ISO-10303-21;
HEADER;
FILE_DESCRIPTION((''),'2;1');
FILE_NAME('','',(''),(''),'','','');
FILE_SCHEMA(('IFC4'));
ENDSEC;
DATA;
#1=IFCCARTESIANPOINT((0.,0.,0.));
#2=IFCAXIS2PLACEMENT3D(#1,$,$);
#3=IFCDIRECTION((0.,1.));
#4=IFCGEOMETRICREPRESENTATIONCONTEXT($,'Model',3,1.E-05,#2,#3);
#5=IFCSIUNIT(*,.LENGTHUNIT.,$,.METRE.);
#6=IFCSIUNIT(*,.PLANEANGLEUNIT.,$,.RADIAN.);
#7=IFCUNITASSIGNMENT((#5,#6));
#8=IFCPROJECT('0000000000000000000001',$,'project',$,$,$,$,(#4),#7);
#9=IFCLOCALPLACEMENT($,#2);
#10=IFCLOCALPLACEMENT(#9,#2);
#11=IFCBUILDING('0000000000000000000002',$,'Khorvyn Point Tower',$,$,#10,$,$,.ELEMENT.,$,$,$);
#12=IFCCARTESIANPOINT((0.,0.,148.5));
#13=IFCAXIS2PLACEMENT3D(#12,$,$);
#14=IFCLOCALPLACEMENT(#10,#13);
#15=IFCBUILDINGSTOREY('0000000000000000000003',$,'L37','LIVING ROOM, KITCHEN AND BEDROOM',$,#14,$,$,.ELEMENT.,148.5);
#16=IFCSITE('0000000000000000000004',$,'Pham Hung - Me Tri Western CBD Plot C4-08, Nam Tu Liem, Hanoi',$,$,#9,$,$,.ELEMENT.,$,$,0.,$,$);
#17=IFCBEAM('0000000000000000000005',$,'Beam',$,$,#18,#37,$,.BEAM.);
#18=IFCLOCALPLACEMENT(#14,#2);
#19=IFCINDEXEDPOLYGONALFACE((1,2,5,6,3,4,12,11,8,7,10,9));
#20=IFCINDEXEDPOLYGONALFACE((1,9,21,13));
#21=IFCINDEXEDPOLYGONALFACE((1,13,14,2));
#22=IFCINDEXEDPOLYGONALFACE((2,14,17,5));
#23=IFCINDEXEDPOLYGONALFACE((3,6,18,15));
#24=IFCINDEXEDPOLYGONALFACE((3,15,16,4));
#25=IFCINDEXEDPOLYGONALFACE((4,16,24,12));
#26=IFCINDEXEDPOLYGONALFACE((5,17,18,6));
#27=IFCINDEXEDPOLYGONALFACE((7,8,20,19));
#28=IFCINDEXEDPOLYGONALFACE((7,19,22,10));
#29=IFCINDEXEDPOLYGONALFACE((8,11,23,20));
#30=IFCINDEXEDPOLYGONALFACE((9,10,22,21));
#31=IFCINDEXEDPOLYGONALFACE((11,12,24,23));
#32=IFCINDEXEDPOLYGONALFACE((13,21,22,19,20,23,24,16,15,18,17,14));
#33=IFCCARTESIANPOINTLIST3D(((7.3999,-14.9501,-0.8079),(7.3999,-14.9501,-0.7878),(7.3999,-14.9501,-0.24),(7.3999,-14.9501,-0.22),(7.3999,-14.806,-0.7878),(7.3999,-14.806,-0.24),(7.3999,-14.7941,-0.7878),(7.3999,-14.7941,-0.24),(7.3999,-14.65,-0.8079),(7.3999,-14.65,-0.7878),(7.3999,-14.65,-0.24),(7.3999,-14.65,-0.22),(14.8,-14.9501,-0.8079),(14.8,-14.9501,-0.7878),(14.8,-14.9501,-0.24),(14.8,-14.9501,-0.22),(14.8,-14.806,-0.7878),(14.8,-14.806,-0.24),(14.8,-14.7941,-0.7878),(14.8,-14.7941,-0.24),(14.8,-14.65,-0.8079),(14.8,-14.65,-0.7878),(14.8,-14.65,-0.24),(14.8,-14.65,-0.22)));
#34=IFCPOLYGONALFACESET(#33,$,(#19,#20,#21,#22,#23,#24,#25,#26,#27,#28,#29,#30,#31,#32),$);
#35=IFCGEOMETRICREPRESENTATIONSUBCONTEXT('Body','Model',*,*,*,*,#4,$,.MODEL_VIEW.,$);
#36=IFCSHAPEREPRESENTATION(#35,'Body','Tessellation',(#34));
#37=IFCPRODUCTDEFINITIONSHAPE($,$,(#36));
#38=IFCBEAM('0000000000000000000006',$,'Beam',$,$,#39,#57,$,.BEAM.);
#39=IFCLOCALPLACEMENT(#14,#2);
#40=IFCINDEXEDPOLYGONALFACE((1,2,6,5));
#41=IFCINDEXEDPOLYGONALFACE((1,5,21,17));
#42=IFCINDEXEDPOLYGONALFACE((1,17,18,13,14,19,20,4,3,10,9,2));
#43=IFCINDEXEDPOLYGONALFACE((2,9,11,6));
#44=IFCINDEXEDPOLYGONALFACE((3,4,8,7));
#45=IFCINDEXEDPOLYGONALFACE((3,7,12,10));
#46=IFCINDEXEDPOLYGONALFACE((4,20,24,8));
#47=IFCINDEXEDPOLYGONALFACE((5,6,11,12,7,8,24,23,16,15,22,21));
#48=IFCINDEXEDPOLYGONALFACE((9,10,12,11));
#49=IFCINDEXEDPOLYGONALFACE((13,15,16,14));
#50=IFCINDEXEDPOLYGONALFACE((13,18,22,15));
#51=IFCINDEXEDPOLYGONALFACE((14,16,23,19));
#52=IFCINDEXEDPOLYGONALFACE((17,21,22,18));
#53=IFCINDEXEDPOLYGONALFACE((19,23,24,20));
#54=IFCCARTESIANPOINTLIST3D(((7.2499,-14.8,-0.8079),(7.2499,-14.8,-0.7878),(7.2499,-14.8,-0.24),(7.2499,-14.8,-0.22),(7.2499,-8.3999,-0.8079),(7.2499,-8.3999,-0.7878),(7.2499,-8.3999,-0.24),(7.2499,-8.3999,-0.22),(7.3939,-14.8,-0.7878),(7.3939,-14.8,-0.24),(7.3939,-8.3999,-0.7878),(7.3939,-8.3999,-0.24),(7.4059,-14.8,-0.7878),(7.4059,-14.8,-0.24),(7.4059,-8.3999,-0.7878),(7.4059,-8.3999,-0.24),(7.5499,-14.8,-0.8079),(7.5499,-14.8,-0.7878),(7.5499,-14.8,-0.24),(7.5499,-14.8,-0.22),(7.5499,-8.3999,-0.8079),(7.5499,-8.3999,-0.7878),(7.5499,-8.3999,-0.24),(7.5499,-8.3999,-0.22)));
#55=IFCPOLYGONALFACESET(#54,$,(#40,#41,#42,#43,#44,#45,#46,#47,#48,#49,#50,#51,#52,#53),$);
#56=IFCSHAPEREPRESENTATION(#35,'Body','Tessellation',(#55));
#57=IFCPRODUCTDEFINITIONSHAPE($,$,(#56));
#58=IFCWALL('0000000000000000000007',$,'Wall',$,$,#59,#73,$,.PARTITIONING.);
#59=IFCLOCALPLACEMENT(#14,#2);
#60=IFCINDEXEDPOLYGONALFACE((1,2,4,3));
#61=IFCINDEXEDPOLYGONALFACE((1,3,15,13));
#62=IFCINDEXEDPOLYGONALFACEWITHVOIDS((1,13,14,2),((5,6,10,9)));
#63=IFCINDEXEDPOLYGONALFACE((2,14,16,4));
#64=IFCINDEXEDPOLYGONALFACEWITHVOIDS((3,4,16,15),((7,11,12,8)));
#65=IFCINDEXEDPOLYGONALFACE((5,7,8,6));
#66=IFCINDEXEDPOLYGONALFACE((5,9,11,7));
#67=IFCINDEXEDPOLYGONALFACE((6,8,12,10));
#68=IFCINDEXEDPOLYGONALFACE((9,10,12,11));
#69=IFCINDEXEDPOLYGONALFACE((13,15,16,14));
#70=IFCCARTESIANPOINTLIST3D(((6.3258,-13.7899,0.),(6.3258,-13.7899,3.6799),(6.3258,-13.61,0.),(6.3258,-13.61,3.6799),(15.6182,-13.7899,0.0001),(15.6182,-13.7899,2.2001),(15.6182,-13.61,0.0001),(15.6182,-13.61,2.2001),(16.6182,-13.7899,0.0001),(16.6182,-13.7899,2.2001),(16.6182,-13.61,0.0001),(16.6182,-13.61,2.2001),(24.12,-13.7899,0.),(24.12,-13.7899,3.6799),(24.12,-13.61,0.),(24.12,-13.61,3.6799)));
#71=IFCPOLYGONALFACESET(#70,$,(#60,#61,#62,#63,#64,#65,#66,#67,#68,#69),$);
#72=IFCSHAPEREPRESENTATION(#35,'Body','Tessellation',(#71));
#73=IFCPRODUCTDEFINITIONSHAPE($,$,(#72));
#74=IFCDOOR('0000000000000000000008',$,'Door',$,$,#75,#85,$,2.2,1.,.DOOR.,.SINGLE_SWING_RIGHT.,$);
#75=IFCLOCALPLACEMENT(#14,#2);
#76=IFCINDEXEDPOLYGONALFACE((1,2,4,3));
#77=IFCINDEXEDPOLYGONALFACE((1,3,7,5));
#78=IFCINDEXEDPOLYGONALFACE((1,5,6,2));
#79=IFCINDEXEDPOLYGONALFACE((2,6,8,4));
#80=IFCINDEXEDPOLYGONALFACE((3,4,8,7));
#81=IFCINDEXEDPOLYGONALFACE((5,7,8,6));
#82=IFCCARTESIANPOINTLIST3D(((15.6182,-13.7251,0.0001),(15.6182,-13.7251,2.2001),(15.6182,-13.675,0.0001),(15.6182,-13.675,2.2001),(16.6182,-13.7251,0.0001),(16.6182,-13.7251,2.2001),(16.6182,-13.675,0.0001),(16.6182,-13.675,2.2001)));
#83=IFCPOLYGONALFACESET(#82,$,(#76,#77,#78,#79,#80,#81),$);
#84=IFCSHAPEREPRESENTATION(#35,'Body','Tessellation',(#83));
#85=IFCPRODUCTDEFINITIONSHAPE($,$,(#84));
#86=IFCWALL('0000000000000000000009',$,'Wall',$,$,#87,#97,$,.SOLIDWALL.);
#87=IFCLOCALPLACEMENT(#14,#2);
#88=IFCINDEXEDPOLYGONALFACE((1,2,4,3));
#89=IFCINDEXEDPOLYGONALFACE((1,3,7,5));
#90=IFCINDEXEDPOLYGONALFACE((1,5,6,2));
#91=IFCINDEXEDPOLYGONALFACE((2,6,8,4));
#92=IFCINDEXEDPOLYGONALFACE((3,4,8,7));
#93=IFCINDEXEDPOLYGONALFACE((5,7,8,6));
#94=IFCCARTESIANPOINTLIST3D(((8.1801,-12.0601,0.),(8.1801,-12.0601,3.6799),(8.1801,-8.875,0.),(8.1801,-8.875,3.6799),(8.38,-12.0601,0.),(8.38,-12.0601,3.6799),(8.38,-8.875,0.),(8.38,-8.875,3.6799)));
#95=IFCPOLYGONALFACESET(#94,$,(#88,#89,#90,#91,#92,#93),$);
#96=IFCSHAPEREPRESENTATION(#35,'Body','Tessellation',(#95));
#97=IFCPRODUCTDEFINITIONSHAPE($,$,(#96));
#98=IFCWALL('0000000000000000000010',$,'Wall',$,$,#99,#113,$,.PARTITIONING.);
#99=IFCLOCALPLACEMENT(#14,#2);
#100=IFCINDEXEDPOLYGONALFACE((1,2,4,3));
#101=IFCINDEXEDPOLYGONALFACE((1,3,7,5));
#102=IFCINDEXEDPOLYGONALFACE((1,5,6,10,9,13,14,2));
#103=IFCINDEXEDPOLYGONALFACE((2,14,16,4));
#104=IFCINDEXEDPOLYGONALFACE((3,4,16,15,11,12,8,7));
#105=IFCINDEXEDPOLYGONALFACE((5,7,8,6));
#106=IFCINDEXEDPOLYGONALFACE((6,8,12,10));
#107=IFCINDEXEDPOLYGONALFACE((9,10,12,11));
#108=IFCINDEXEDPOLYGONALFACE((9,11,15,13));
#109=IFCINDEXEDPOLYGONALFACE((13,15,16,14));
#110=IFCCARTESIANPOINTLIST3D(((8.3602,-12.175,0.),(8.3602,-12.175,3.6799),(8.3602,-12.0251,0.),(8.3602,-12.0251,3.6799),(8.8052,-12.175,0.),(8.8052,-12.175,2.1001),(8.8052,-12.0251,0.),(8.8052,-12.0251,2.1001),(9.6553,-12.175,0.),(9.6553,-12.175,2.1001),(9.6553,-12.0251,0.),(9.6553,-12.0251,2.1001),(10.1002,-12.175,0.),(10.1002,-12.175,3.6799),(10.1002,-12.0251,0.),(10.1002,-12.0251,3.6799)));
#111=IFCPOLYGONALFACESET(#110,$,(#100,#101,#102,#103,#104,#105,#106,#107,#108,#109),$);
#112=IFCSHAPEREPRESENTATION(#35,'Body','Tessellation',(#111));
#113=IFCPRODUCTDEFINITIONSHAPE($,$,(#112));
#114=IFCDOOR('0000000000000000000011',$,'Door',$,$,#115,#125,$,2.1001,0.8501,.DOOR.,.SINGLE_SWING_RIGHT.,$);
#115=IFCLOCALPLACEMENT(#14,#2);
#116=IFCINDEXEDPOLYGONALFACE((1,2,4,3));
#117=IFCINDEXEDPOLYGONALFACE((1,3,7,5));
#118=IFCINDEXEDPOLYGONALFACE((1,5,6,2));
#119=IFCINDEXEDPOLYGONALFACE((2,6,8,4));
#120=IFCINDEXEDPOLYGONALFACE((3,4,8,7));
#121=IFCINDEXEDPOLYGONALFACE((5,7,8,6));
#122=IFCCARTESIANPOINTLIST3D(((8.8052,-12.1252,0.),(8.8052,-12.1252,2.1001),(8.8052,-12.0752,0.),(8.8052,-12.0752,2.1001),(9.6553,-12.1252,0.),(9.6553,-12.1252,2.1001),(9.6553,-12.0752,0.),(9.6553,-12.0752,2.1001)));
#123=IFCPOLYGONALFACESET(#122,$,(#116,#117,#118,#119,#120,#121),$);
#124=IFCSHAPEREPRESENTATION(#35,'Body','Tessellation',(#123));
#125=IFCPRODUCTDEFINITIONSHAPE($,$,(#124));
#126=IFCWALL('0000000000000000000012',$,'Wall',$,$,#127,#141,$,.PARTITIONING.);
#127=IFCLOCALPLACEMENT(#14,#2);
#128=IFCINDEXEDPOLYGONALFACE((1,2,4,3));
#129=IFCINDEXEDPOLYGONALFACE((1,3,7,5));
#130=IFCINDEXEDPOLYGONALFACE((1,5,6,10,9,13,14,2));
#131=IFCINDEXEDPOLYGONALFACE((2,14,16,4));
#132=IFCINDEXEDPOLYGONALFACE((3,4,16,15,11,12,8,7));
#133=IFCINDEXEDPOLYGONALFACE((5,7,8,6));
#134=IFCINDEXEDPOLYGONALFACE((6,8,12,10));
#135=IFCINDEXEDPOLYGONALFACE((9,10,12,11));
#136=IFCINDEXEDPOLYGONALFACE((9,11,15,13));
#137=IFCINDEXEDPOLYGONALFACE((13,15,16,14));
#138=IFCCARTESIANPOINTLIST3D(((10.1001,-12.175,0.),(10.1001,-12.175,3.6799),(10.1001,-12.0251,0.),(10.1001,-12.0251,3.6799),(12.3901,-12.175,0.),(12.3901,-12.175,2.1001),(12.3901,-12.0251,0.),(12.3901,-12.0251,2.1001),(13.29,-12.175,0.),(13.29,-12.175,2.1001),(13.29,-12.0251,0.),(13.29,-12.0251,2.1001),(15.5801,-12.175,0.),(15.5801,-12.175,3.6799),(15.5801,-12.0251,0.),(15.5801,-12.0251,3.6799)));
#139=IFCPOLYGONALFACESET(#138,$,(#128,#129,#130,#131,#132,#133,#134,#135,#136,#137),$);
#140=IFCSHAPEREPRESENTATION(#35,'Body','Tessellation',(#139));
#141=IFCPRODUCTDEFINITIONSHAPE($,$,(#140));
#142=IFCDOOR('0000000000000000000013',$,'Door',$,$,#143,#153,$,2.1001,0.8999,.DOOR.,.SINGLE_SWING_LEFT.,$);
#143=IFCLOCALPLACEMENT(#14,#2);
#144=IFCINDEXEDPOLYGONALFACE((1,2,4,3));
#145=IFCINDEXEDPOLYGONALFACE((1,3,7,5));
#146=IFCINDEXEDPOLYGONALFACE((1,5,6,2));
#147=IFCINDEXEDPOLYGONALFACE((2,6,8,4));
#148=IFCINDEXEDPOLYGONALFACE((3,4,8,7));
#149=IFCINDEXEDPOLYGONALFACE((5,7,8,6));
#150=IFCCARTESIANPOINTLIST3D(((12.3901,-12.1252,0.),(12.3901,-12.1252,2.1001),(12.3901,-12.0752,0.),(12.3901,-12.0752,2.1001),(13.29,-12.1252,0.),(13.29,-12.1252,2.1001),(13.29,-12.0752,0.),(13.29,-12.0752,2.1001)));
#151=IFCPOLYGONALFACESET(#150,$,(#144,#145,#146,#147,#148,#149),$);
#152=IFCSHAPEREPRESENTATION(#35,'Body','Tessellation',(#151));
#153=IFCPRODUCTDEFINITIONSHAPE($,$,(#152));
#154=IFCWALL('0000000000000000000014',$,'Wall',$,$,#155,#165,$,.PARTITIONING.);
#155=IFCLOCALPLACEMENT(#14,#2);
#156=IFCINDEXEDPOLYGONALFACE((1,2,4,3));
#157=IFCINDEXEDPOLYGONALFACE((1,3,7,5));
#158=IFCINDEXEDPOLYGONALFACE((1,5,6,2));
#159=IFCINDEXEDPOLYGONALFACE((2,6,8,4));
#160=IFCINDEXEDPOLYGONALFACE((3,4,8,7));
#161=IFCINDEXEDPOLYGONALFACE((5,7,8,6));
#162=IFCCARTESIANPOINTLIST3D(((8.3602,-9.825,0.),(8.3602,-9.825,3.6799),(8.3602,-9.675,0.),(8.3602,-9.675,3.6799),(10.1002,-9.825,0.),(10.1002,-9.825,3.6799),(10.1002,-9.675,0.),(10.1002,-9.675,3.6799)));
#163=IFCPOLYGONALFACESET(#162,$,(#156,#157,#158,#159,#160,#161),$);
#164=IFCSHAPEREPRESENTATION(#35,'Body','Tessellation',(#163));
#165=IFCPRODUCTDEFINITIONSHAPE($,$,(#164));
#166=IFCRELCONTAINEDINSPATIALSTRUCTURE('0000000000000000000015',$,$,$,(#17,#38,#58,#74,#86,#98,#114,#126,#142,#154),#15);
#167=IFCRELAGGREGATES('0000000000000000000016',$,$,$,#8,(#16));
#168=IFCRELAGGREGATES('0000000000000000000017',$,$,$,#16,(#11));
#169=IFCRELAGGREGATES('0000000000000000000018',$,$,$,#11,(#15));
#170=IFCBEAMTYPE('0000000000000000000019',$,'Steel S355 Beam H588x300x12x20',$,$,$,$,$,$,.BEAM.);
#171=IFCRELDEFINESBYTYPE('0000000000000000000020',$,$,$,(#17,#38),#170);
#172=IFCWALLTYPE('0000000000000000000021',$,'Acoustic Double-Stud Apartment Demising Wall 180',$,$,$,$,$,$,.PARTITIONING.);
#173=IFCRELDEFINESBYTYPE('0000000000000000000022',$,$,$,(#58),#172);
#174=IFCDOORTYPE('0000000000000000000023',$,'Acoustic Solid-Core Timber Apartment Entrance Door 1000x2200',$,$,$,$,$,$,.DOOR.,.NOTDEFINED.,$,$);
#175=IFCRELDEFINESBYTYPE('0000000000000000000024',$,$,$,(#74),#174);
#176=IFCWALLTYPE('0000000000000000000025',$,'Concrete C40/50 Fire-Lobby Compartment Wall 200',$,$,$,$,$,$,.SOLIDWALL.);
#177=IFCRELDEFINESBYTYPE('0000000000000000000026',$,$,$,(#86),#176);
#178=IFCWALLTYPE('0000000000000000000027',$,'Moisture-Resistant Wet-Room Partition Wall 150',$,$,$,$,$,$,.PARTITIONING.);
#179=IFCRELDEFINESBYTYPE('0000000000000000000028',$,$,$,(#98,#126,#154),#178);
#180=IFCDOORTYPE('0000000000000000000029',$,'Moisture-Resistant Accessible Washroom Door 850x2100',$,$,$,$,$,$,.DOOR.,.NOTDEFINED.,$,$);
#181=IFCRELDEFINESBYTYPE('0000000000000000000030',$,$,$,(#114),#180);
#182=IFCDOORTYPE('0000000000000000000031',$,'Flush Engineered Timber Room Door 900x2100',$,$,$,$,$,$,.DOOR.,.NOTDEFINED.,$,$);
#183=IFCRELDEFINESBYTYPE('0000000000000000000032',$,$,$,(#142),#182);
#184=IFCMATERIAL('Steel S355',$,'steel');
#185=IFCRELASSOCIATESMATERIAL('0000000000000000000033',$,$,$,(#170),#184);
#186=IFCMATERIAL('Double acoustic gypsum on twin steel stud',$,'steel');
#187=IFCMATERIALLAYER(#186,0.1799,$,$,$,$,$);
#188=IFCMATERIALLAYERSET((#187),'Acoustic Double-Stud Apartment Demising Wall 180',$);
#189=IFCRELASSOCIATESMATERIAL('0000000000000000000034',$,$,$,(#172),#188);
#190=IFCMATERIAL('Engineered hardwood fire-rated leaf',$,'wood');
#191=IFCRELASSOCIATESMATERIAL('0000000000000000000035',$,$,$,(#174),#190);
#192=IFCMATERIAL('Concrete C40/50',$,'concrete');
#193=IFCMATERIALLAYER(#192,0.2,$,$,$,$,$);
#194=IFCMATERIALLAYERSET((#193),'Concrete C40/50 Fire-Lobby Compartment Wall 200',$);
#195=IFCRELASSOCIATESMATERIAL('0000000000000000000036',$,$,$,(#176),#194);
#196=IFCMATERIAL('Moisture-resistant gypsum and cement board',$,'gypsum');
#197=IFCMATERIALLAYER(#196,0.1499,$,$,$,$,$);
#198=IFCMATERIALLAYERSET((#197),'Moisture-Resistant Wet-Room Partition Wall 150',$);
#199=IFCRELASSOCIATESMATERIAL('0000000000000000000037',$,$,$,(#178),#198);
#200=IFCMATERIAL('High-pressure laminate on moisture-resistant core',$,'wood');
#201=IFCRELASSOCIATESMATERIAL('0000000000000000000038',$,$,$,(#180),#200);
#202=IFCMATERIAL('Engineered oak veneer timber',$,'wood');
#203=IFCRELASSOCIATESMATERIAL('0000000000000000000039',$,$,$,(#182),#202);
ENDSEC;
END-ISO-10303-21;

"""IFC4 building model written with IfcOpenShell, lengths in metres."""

from ifc_helpers import new_model, si_unit, direction, frame, frame_2d, origin, origin_2d, place, context, subcontext, project, spatial, rectangle, i_section, extrude, material, layer, layer_set, material_profile, profile_set, type_object, element, fill, save


model = new_model("IFC4")

# Units and contexts
model_context = context("Model", 3, precision=1e-05, world=origin(), true_north=direction((0.0, 1.0)))
body_context = subcontext(model_context, "Body", "Model", "MODEL_VIEW")
ifc_project = project(units=[si_unit("LENGTHUNIT", "METRE"), si_unit("PLANEANGLEUNIT", "RADIAN")], contexts=[model_context])

# Site, building, storey
site_placement = place(None, origin())
site = spatial("IfcSite", under=ifc_project, at=site_placement, Name="Pham Hung - Me Tri Western CBD Plot C4-08, Nam Tu Liem, Hanoi", CompositionType="ELEMENT", RefElevation=0.0)
building_placement = place(site_placement, origin())
building = spatial("IfcBuilding", under=site, at=building_placement, Name="Khorvyn Point Tower", CompositionType="ELEMENT")
storey_placement = place(building_placement, frame((0.0, 0.0, 148.5)))
storey = spatial("IfcBuildingStorey", under=building, at=storey_placement, Name="L37", Description="LIVING ROOM, KITCHEN AND BEDROOM", CompositionType="ELEMENT", Elevation=148.5)

# Beams
ifc_material_1 = material(Name="Steel S355", Category="steel")
ifc_material_profile = material_profile(ifc_material_1, i_section(OverallWidth=0.3, OverallDepth=0.5879, WebThickness=0.012, FlangeThickness=0.02, at=origin_2d()))
ifc_profile_set = profile_set([ifc_material_profile], Name="Steel S355 H588x300x12x20")
beam_type = type_object("IfcBeamType", Name="Steel S355 Beam H588x300x12x20", PredefinedType="BEAM", material=ifc_profile_set)
beam_1_placement = place(storey_placement, frame((7.3999, -14.8, -0.5139), z_axis=(1.0, 0.0, 0.0), x_axis=(0.0, 1.0, 0.0)))
element("IfcBeam", 1, at=beam_1_placement, inside=storey, type_object=beam_type, Name="Beam", PredefinedType="BEAM", context=body_context, shape_type="SweptSolid", body=[
    extrude(i_section(OverallWidth=0.3, OverallDepth=0.5879, WebThickness=0.012, FlangeThickness=0.02, at=origin_2d()), origin(), (0.0, 0.0, 1.0), 7.4001),
])
beam_2_placement = place(storey_placement, frame((7.3999, -14.8, -0.5139), z_axis=(0.0, 1.0, 0.0), x_axis=(-1.0, 0.0, 0.0)))
element("IfcBeam", 2, at=beam_2_placement, inside=storey, type_object=beam_type, Name="Beam", PredefinedType="BEAM", context=body_context, shape_type="SweptSolid", body=[
    extrude(i_section(OverallWidth=0.3, OverallDepth=0.5879, WebThickness=0.012, FlangeThickness=0.02, at=origin_2d()), origin(), (0.0, 0.0, 1.0), 6.4001),
])

# Wall, opening, door
ifc_material_2 = material(Name="Double acoustic gypsum on twin steel stud", Category="steel")
ifc_layer_1 = layer(ifc_material_2, 0.1799)
ifc_layer_set_1 = layer_set([ifc_layer_1], Name="Acoustic Double-Stud Apartment Demising Wall 180")
wall_type_1 = type_object("IfcWallType", Name="Acoustic Double-Stud Apartment Demising Wall 180", PredefinedType="PARTITIONING", material=ifc_layer_set_1)
wall_1_placement = place(storey_placement, frame((6.3259, -13.7, 0.0), z_axis=(0.0, 0.0, 1.0), x_axis=(1.0, 0.0, 0.0)))
wall_1 = element("IfcWall", 3, at=wall_1_placement, inside=storey, type_object=wall_type_1, Name="Wall", PredefinedType="PARTITIONING", context=body_context, shape_type="SweptSolid", body=[
    extrude(rectangle(XDim=17.7942, YDim=0.1799, at=frame_2d((8.897, 0.0))), origin(), (0.0, 0.0, 1.0), 3.6799),
])
opening_1_placement = place(wall_1_placement, frame((9.2922, 0.0, 0.0)))
opening_1 = element("IfcOpeningElement", 4, at=opening_1_placement, cuts=wall_1, PredefinedType="OPENING", context=body_context, shape_type="SweptSolid", body=[
    extrude(rectangle(XDim=1.0, YDim=2.2, at=frame_2d((0.5, 1.1001))), frame((0.0, 0.0999, 0.0), z_axis=(0.0, -1.0, 0.0), x_axis=(1.0, 0.0, 0.0)), (0.0, 0.0, 1.0), 0.2),
])
ifc_material_3 = material(Name="Engineered hardwood fire-rated leaf", Category="wood")
door_type_1 = type_object("IfcDoorType", Name="Acoustic Solid-Core Timber Apartment Entrance Door 1000x2200", OperationType="NOTDEFINED", PredefinedType="DOOR", material=ifc_material_3)
door_1_placement = place(opening_1_placement, origin())
door_1 = element("IfcDoor", 5, at=door_1_placement, inside=storey, type_object=door_type_1, Name="Door", OperationType="SINGLE_SWING_RIGHT", OverallHeight=2.2, OverallWidth=1.0, PredefinedType="DOOR", context=body_context, shape_type="SweptSolid", body=[
    extrude(rectangle(XDim=1.0, YDim=2.2, at=frame_2d((0.5, 1.1001))), frame((0.0, 0.0249, 0.0), z_axis=(0.0, -1.0, 0.0), x_axis=(1.0, 0.0, 0.0)), (0.0, 0.0, 1.0), 0.05),
])
fill(opening_1, door_1)
ifc_material_4 = material(Name="Concrete C40/50", Category="concrete")
ifc_layer_2 = layer(ifc_material_4, 0.2)
ifc_layer_set_2 = layer_set([ifc_layer_2], Name="Concrete C40/50 Fire-Lobby Compartment Wall 200")
wall_type_2 = type_object("IfcWallType", Name="Concrete C40/50 Fire-Lobby Compartment Wall 200", PredefinedType="SOLIDWALL", material=ifc_layer_set_2)

# Wall
wall_2_placement = place(storey_placement, frame((8.28, -12.0601, 0.0), z_axis=(0.0, 0.0, 1.0), x_axis=(0.0, 1.0, 0.0)))
element("IfcWall", 6, at=wall_2_placement, inside=storey, type_object=wall_type_2, Name="Wall", PredefinedType="SOLIDWALL", context=body_context, shape_type="SweptSolid", body=[
    extrude(rectangle(XDim=3.1851, YDim=0.2, at=frame_2d((1.5925, 0.0))), origin(), (0.0, 0.0, 1.0), 3.6799),
])

# Walls, openings, doors
ifc_material_5 = material(Name="Moisture-resistant gypsum and cement board", Category="gypsum")
ifc_layer_3 = layer(ifc_material_5, 0.1499)
ifc_layer_set_3 = layer_set([ifc_layer_3], Name="Moisture-Resistant Wet-Room Partition Wall 150")
wall_type_3 = type_object("IfcWallType", Name="Moisture-Resistant Wet-Room Partition Wall 150", PredefinedType="PARTITIONING", material=ifc_layer_set_3)
wall_3_placement = place(storey_placement, frame((8.3601, -12.1001, 0.0), z_axis=(0.0, 0.0, 1.0), x_axis=(1.0, 0.0, 0.0)))
wall_3 = element("IfcWall", 7, at=wall_3_placement, inside=storey, type_object=wall_type_3, Name="Wall", PredefinedType="PARTITIONING", context=body_context, shape_type="SweptSolid", body=[
    extrude(rectangle(XDim=1.74, YDim=0.1499, at=frame_2d((0.8701, 0.0))), origin(), (0.0, 0.0, 1.0), 3.6799),
])
opening_2_placement = place(wall_3_placement, frame((0.4451, 0.0, 0.0)))
opening_2 = element("IfcOpeningElement", 8, at=opening_2_placement, cuts=wall_3, PredefinedType="OPENING", context=body_context, shape_type="SweptSolid", body=[
    extrude(rectangle(XDim=0.8501, YDim=2.1001, at=frame_2d((0.425, 1.05))), frame((0.0, 0.085, 0.0), z_axis=(0.0, -1.0, 0.0), x_axis=(1.0, 0.0, 0.0)), (0.0, 0.0, 1.0), 0.1699),
])
ifc_material_6 = material(Name="High-pressure laminate on moisture-resistant core", Category="wood")
door_type_2 = type_object("IfcDoorType", Name="Moisture-Resistant Accessible Washroom Door 850x2100", OperationType="NOTDEFINED", PredefinedType="DOOR", material=ifc_material_6)
door_2_placement = place(opening_2_placement, origin())
door_2 = element("IfcDoor", 9, at=door_2_placement, inside=storey, type_object=door_type_2, Name="Door", OperationType="SINGLE_SWING_RIGHT", OverallHeight=2.1001, OverallWidth=0.8501, PredefinedType="DOOR", context=body_context, shape_type="SweptSolid", body=[
    extrude(rectangle(XDim=0.8501, YDim=2.1001, at=frame_2d((0.425, 1.05))), frame((0.0, 0.0249, 0.0), z_axis=(0.0, -1.0, 0.0), x_axis=(1.0, 0.0, 0.0)), (0.0, 0.0, 1.0), 0.05),
])
fill(opening_2, door_2)
wall_4_placement = place(storey_placement, frame((10.1001, -12.1001, 0.0), z_axis=(0.0, 0.0, 1.0), x_axis=(1.0, 0.0, 0.0)))
wall_4 = element("IfcWall", 10, at=wall_4_placement, inside=storey, type_object=wall_type_3, Name="Wall", PredefinedType="PARTITIONING", context=body_context, shape_type="SweptSolid", body=[
    extrude(rectangle(XDim=5.48, YDim=0.1499, at=frame_2d((2.74, 0.0))), origin(), (0.0, 0.0, 1.0), 3.6799),
])
opening_3_placement = place(wall_4_placement, frame((2.29, 0.0, 0.0)))
opening_3 = element("IfcOpeningElement", 11, at=opening_3_placement, cuts=wall_4, PredefinedType="OPENING", context=body_context, shape_type="SweptSolid", body=[
    extrude(rectangle(XDim=0.8999, YDim=2.1001, at=frame_2d((0.45, 1.05))), frame((0.0, 0.085, 0.0), z_axis=(0.0, -1.0, 0.0), x_axis=(1.0, 0.0, 0.0)), (0.0, 0.0, 1.0), 0.1699),
])
ifc_material_7 = material(Name="Engineered oak veneer timber", Category="wood")
door_type_3 = type_object("IfcDoorType", Name="Flush Engineered Timber Room Door 900x2100", OperationType="NOTDEFINED", PredefinedType="DOOR", material=ifc_material_7)
door_3_placement = place(opening_3_placement, origin())
door_3 = element("IfcDoor", 12, at=door_3_placement, inside=storey, type_object=door_type_3, Name="Door", OperationType="SINGLE_SWING_LEFT", OverallHeight=2.1001, OverallWidth=0.8999, PredefinedType="DOOR", context=body_context, shape_type="SweptSolid", body=[
    extrude(rectangle(XDim=0.8999, YDim=2.1001, at=frame_2d((0.45, 1.05))), frame((0.0, 0.0249, 0.0), z_axis=(0.0, -1.0, 0.0), x_axis=(1.0, 0.0, 0.0)), (0.0, 0.0, 1.0), 0.05),
])
fill(opening_3, door_3)

# Wall
wall_5_placement = place(storey_placement, frame((8.3601, -9.75, 0.0), z_axis=(0.0, 0.0, 1.0), x_axis=(1.0, 0.0, 0.0)))
element("IfcWall", 13, at=wall_5_placement, inside=storey, type_object=wall_type_3, Name="Wall", PredefinedType="PARTITIONING", context=body_context, shape_type="SweptSolid", body=[
    extrude(rectangle(XDim=1.74, YDim=0.1499, at=frame_2d((0.8701, 0.0))), origin(), (0.0, 0.0, 1.0), 3.6799),
])

save(model, "model.ifc")
